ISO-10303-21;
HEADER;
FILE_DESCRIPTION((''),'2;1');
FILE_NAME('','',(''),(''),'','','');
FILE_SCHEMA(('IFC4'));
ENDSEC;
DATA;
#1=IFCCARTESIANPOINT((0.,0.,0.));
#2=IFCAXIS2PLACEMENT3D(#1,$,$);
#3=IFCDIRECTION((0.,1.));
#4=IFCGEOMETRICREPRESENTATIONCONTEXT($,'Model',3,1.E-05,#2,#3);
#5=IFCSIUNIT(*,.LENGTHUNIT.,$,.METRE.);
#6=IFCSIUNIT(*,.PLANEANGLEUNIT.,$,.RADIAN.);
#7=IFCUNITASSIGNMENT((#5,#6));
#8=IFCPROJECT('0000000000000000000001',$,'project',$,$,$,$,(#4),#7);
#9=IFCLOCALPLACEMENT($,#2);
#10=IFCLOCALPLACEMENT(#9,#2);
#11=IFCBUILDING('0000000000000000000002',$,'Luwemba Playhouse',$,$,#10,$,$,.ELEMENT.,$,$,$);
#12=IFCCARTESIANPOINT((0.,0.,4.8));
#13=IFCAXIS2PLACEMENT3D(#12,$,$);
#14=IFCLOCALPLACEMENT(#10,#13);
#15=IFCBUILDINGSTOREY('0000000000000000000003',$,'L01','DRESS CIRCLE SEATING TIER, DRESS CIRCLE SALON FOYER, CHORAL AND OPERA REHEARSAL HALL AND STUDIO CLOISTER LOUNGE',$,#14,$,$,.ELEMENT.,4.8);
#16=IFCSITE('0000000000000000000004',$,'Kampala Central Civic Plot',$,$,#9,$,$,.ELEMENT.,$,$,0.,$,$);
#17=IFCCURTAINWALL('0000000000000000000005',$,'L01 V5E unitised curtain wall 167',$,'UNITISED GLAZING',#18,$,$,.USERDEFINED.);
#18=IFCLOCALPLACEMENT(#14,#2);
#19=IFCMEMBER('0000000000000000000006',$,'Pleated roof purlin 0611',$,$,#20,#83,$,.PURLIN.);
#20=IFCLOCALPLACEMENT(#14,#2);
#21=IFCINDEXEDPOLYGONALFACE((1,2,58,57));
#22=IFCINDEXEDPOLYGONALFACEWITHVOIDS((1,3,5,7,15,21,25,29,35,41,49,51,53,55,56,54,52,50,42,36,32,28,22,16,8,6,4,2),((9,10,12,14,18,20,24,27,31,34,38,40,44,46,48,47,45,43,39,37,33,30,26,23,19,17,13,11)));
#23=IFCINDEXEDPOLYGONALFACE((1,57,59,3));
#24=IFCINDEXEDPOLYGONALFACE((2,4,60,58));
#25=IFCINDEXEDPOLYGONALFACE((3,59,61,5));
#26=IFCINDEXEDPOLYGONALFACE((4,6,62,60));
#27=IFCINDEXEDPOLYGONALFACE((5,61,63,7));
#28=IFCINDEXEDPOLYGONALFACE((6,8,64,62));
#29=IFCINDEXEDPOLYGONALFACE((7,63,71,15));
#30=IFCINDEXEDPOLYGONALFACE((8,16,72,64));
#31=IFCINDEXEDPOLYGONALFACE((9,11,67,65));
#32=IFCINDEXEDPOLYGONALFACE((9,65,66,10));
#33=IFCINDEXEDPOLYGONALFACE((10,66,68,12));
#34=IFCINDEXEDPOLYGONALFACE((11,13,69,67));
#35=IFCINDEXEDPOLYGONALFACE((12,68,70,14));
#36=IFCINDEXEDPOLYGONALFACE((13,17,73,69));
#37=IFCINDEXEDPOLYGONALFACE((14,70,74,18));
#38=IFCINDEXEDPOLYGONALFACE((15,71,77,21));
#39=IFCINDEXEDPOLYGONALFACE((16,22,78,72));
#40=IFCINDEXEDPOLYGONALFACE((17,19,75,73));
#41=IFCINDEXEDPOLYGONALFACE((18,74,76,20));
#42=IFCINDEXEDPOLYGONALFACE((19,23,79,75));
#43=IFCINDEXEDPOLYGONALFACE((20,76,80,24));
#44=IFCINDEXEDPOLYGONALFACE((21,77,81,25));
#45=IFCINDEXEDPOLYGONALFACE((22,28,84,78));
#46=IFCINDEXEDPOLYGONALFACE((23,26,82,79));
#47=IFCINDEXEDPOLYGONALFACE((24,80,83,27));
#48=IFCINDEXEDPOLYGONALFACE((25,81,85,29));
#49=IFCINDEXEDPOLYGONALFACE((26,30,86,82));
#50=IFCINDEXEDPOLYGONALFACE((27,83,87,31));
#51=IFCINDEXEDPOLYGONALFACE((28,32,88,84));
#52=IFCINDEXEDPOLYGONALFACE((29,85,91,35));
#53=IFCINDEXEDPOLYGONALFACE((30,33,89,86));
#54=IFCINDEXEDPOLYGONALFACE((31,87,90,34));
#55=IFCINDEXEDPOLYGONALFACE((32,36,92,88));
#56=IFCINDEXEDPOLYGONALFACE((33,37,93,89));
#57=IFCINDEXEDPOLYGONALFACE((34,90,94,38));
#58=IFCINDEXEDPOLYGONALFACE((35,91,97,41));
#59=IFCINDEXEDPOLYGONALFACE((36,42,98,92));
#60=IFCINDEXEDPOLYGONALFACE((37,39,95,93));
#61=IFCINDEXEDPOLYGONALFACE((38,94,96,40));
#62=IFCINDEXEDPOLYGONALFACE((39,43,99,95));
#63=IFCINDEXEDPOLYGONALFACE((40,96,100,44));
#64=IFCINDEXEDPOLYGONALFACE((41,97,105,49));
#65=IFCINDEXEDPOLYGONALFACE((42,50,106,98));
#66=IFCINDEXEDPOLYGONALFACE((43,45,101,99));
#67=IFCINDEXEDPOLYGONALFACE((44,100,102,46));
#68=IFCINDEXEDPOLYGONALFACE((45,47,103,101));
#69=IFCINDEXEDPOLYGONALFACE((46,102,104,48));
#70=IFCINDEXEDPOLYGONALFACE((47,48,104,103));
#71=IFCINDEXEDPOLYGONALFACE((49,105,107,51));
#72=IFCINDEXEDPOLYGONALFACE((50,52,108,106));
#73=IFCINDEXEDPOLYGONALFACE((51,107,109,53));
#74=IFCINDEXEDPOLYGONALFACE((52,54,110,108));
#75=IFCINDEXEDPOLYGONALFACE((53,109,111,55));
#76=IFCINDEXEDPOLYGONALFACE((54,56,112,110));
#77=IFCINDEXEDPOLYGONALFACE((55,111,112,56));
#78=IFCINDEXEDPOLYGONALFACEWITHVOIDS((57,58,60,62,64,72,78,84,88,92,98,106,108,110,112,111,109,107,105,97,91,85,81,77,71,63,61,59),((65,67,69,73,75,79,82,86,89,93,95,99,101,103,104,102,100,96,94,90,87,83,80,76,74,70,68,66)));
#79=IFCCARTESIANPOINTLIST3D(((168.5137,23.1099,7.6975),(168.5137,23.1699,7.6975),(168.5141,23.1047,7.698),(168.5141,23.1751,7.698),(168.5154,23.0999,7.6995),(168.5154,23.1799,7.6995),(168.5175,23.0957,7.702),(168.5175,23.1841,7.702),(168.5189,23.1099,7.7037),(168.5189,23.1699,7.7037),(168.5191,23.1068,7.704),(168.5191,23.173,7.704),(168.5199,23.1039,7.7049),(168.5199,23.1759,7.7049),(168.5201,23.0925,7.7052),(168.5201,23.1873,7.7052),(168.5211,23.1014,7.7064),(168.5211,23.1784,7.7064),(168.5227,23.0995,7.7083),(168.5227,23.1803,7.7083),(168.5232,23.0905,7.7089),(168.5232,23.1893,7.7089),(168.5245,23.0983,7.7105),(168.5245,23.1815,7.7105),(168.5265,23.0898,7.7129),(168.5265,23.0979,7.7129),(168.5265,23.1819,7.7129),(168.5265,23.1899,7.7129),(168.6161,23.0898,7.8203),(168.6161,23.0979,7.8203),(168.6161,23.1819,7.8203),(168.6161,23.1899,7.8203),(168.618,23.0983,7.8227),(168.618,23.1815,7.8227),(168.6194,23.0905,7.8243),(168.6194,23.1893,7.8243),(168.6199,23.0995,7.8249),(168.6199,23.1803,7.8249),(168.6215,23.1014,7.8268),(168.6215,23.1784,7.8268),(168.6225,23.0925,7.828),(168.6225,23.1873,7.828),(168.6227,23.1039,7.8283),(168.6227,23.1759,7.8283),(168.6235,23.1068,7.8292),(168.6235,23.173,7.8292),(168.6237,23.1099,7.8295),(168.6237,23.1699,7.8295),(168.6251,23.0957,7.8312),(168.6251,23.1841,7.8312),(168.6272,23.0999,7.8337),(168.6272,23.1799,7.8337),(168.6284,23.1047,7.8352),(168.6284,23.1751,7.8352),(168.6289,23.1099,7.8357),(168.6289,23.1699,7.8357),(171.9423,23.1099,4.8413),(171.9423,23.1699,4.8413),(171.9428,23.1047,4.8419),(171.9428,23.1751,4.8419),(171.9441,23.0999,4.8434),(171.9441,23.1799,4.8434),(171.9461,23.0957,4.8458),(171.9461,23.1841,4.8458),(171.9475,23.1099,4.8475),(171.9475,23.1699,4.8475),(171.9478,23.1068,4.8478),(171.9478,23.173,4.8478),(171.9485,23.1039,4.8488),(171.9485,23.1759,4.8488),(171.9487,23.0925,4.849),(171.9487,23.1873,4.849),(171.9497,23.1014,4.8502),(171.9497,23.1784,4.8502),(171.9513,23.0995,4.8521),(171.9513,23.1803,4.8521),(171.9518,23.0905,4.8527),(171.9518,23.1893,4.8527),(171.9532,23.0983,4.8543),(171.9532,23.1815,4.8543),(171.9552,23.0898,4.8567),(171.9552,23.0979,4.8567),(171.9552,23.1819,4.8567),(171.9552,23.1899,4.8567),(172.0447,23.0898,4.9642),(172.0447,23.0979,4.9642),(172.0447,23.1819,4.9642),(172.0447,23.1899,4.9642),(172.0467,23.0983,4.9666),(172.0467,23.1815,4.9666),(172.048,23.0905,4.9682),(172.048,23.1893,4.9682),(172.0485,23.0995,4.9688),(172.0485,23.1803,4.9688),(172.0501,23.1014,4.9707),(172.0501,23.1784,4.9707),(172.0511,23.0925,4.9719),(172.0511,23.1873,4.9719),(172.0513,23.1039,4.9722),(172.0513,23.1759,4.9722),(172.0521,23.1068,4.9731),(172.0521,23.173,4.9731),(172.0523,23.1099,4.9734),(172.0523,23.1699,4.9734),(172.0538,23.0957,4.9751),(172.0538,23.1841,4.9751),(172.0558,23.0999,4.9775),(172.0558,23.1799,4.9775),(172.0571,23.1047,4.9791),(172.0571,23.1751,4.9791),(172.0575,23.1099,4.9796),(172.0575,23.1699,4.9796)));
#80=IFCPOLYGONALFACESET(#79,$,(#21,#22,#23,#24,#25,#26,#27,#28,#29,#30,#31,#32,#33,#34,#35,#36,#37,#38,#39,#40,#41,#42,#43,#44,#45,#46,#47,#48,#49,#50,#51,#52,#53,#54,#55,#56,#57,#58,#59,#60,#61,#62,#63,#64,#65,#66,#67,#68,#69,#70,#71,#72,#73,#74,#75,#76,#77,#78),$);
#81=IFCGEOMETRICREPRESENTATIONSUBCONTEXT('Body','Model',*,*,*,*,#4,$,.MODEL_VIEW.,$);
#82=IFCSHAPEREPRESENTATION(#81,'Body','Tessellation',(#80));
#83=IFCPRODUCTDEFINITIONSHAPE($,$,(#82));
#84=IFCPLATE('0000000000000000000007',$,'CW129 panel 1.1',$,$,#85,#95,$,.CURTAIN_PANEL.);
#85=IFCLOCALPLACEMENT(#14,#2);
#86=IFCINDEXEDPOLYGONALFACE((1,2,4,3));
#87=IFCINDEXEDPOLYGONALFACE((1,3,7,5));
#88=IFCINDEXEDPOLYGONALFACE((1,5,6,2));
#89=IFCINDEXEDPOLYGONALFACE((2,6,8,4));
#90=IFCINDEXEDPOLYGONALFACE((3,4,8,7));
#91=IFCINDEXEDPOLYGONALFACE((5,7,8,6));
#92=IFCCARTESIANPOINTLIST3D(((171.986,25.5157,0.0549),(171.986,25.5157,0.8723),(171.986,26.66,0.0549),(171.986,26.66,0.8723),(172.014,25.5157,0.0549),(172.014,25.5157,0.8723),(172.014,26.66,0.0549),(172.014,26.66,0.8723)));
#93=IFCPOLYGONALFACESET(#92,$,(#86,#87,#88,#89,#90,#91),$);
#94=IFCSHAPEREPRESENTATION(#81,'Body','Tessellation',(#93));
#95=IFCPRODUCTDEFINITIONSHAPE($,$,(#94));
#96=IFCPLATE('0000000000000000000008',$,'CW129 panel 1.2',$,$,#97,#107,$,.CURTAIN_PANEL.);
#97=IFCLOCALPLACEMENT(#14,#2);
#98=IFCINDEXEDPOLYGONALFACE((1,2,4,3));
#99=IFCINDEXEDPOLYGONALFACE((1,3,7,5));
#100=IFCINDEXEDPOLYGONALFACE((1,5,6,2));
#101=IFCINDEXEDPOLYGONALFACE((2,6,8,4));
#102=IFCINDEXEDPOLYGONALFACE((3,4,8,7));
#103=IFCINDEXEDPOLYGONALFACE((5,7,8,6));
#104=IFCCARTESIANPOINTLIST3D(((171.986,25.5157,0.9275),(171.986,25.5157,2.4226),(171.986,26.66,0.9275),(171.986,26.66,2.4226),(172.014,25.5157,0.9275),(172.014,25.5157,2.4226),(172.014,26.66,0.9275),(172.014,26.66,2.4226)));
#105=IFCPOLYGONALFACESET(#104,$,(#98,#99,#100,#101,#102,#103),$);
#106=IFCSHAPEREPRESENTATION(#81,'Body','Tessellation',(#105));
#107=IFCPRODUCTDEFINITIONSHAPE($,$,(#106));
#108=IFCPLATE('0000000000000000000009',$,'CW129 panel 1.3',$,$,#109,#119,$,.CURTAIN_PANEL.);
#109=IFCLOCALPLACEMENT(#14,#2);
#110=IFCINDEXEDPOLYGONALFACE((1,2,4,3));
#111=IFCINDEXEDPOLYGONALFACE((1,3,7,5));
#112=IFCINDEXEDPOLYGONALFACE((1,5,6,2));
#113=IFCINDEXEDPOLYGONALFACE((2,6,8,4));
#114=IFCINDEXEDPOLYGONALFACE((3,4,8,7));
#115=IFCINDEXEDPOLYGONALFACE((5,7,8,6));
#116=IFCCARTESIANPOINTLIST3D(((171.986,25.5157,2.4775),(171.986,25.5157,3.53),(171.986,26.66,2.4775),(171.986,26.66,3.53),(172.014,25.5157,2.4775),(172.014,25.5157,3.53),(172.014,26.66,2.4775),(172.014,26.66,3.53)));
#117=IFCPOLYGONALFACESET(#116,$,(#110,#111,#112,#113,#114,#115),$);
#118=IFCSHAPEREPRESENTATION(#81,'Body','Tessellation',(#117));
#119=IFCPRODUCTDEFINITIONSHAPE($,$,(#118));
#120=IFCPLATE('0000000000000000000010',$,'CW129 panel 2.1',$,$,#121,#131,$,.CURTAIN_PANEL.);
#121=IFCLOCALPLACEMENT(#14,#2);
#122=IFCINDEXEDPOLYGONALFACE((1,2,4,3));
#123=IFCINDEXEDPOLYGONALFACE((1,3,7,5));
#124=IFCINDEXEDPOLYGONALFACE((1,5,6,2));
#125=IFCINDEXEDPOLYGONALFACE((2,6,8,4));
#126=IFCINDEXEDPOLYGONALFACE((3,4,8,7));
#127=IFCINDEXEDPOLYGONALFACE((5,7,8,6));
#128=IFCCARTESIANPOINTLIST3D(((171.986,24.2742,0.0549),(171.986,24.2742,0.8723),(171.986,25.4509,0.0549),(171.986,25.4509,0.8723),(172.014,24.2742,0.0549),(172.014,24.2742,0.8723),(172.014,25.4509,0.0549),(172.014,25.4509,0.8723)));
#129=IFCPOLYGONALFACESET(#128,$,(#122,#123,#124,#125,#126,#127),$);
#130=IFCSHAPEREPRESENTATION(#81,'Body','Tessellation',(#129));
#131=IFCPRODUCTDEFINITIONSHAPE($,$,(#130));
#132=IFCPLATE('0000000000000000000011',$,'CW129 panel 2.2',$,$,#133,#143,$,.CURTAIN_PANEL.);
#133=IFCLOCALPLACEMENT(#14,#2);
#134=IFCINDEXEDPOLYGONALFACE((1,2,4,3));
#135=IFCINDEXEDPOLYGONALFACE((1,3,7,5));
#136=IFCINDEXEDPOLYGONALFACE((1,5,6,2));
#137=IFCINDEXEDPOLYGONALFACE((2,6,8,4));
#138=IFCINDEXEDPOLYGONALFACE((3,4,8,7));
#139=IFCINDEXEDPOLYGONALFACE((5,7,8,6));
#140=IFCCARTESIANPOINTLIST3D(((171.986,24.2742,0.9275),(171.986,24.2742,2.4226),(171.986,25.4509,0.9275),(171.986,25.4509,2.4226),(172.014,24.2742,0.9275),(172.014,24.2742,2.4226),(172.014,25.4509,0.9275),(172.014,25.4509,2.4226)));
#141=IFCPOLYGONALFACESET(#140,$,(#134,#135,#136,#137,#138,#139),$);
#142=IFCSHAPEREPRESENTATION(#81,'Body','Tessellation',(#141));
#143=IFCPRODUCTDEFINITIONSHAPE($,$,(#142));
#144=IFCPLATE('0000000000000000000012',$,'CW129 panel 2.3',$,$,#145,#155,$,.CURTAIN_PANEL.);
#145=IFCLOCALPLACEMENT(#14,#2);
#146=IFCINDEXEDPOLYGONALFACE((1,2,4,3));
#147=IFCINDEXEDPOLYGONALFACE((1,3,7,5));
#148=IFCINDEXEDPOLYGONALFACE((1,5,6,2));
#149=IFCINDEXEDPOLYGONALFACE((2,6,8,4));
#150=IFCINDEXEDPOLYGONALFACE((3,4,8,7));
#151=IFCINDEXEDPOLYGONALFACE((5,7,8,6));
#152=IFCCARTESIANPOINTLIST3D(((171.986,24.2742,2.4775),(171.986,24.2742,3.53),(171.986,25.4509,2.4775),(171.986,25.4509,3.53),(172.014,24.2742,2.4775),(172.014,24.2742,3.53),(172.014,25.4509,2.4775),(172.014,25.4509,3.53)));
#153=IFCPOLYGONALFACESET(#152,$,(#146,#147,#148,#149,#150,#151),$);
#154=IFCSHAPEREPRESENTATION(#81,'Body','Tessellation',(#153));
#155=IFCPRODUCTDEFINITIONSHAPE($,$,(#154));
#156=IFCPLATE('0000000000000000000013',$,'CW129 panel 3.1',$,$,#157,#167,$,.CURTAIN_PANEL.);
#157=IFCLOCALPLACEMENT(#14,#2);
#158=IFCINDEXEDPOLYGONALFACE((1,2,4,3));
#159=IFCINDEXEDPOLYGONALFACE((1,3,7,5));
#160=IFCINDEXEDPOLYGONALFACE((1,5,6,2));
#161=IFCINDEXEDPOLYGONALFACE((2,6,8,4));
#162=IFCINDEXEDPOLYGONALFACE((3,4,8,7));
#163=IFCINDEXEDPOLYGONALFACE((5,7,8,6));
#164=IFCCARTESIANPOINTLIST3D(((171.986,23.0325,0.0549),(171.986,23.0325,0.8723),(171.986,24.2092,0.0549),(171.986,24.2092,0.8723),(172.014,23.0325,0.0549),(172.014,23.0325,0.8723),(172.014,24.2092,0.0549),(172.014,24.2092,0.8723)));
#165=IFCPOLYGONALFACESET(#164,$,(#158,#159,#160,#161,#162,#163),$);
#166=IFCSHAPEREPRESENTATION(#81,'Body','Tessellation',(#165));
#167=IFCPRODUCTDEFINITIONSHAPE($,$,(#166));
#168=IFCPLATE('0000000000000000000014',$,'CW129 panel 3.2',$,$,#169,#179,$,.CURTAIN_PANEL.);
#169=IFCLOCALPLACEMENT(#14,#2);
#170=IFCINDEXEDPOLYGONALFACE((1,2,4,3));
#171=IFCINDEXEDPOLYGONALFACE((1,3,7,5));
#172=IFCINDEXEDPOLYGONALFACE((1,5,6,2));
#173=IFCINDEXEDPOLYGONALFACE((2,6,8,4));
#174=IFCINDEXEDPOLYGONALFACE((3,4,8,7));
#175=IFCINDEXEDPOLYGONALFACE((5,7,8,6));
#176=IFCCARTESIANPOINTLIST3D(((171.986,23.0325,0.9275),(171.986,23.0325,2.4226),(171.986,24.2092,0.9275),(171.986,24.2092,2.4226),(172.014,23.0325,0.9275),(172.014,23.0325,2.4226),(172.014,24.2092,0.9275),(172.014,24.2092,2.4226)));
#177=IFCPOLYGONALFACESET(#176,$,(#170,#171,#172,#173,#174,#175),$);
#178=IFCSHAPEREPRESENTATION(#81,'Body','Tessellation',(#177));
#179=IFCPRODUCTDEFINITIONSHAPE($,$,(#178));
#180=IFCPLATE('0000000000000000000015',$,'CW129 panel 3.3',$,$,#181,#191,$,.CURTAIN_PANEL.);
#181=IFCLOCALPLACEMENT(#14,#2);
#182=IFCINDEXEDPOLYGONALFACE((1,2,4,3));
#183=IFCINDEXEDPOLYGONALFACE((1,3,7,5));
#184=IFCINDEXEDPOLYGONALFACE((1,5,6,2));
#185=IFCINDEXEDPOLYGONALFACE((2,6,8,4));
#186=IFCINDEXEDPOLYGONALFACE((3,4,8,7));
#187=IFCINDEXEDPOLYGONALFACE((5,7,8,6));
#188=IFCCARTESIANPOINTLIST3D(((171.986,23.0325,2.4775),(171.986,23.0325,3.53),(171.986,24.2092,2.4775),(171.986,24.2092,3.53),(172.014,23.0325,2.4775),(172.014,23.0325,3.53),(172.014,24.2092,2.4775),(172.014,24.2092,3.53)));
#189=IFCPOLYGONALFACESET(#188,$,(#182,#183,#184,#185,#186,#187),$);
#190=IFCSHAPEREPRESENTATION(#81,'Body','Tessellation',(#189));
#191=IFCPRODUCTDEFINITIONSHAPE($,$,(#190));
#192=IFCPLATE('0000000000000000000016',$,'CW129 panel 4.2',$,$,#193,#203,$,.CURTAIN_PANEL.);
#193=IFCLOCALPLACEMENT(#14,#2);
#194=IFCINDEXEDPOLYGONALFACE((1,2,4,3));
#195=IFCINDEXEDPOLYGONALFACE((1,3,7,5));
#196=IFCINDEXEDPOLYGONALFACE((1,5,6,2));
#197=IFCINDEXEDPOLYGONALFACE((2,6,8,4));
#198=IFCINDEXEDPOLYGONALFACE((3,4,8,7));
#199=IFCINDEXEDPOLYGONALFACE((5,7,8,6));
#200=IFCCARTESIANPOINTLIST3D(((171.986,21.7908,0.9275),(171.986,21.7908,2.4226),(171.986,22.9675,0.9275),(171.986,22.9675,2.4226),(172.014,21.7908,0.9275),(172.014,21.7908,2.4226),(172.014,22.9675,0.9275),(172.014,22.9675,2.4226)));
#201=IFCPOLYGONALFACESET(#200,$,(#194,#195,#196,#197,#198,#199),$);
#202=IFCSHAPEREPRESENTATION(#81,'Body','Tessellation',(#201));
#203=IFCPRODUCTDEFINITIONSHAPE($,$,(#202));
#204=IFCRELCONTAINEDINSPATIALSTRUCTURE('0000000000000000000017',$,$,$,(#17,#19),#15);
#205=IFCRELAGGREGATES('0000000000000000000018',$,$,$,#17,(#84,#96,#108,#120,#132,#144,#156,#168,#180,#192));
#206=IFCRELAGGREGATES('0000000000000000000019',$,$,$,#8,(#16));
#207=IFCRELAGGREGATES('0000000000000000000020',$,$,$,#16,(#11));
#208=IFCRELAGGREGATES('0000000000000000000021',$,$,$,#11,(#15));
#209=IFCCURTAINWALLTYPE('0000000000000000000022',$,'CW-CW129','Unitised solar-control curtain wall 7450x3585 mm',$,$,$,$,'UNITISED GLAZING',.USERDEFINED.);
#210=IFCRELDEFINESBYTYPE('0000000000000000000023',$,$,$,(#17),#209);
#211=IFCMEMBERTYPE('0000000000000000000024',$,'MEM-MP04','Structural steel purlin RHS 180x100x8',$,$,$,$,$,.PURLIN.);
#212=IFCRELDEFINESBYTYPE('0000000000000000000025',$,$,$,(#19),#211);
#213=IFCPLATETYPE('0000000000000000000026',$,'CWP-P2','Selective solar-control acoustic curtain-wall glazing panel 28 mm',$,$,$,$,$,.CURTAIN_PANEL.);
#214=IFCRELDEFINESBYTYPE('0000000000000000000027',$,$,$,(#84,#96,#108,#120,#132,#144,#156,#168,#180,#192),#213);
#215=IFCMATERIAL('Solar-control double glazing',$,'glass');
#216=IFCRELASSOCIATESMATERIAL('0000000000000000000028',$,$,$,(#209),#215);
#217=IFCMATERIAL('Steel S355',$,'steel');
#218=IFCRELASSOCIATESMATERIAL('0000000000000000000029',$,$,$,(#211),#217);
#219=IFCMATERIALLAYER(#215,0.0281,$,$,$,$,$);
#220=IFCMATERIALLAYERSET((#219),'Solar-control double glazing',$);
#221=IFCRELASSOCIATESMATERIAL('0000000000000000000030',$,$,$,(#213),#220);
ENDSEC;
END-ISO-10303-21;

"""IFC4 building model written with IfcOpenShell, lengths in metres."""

from ifc_helpers import new_model, si_unit, direction, frame, origin, origin_2d, place, context, subcontext, project, spatial, rectangle, hollow_rectangle, extrude, material, layer, layer_set, material_profile, profile_set, type_object, element, aggregate, save


model = new_model("IFC4")

# Units and contexts
model_context = context("Model", 3, precision=1e-05, world=origin(), true_north=direction((0.0, 1.0)))
body_context = subcontext(model_context, "Body", "Model", "MODEL_VIEW")
ifc_project = project(units=[si_unit("LENGTHUNIT", "METRE"), si_unit("PLANEANGLEUNIT", "RADIAN")], contexts=[model_context])

# Site, building, storey
site_placement = place(None, origin())
site = spatial("IfcSite", under=ifc_project, at=site_placement, Name="Kampala Central Civic Plot", CompositionType="ELEMENT", RefElevation=0.0)
building_placement = place(site_placement, origin())
building = spatial("IfcBuilding", under=site, at=building_placement, Name="Luwemba Playhouse", CompositionType="ELEMENT")
storey_placement = place(building_placement, frame((0.0, 0.0, 4.8)))
storey = spatial("IfcBuildingStorey", under=building, at=storey_placement, Name="L01", Description="DRESS CIRCLE SEATING TIER, DRESS CIRCLE SALON FOYER, CHORAL AND OPERA REHEARSAL HALL AND STUDIO CLOISTER LOUNGE", CompositionType="ELEMENT", Elevation=4.8)

# Curtain wall
ifc_material_1 = material(Name="Solar-control double glazing", Category="glass")
curtain_wall_type = type_object("IfcCurtainWallType", Name="CW-CW129", Description="Unitised solar-control curtain wall 7450x3585 mm", ElementType="UNITISED GLAZING", PredefinedType="USERDEFINED", material=ifc_material_1)
curtain_wall_placement = place(storey_placement, origin())
curtain_wall = element("IfcCurtainWall", 1, at=curtain_wall_placement, inside=storey, type_object=curtain_wall_type, Name="L01 V5E unitised curtain wall 167", ObjectType="UNITISED GLAZING", PredefinedType="USERDEFINED")

# Member
ifc_material_2 = material(Name="Steel S355", Category="steel")
ifc_material_profile_1 = material_profile(ifc_material_2, hollow_rectangle(XDim=0.1001, YDim=0.1799, WallThickness=0.0081, InnerFilletRadius=0.012, OuterFilletRadius=0.02, at=origin_2d()))
ifc_profile_set_1 = profile_set([ifc_material_profile_1], Name="Steel S355")
member_type_1 = type_object("IfcMemberType", Name="MEM-MP04", Description="Structural steel purlin RHS 180x100x8", PredefinedType="PURLIN", material=ifc_profile_set_1)
member_1_placement = place(storey_placement, frame((168.5713, 23.1399, 7.7666), z_axis=(0.768338, 0.0, -0.640044), x_axis=(0.0, 1.0, 0.0)))
element("IfcMember", 2, at=member_1_placement, inside=storey, type_object=member_type_1, Name="Pleated roof purlin 0611", PredefinedType="PURLIN", context=body_context, shape_type="SweptSolid", body=[
    extrude(hollow_rectangle(XDim=0.1001, YDim=0.1799, WallThickness=0.0081, InnerFilletRadius=0.012, OuterFilletRadius=0.02, at=origin_2d()), origin(), (0.0, 0.0, 1.0), 4.4624),
])

# Plates
ifc_layer = layer(ifc_material_1, 0.0281)
ifc_layer_set = layer_set([ifc_layer], Name="Solar-control double glazing")
plate_type = type_object("IfcPlateType", Name="CWP-P2", Description="Selective solar-control acoustic curtain-wall glazing panel 28 mm", PredefinedType="CURTAIN_PANEL", material=ifc_layer_set)
plate_1_placement = place(storey_placement, frame((172.0, 26.0879, 0.0549), z_axis=(0.0, 0.0, 1.0), x_axis=(0.0, -1.0, 0.0)))
plate_1 = element("IfcPlate", 3, at=plate_1_placement, type_object=plate_type, Name="CW129 panel 1.1", PredefinedType="CURTAIN_PANEL", context=body_context, shape_type="SweptSolid", body=[
    extrude(rectangle(XDim=1.1443, YDim=0.0281, at=origin_2d()), origin(), (0.0, 0.0, 1.0), 0.8174),
])
plate_2_placement = place(storey_placement, frame((172.0, 26.0879, 0.9275), z_axis=(0.0, 0.0, 1.0), x_axis=(0.0, -1.0, 0.0)))
plate_2 = element("IfcPlate", 4, at=plate_2_placement, type_object=plate_type, Name="CW129 panel 1.2", PredefinedType="CURTAIN_PANEL", context=body_context, shape_type="SweptSolid", body=[
    extrude(rectangle(XDim=1.1443, YDim=0.0281, at=origin_2d()), origin(), (0.0, 0.0, 1.0), 1.4951),
])
plate_3_placement = place(storey_placement, frame((172.0, 26.0879, 2.4775), z_axis=(0.0, 0.0, 1.0), x_axis=(0.0, -1.0, 0.0)))
plate_3 = element("IfcPlate", 5, at=plate_3_placement, type_object=plate_type, Name="CW129 panel 1.3", PredefinedType="CURTAIN_PANEL", context=body_context, shape_type="SweptSolid", body=[
    extrude(rectangle(XDim=1.1443, YDim=0.0281, at=origin_2d()), origin(), (0.0, 0.0, 1.0), 1.0525),
])
plate_4_placement = place(storey_placement, frame((172.0, 24.8625, 0.0549), z_axis=(0.0, 0.0, 1.0), x_axis=(0.0, -1.0, 0.0)))
plate_4 = element("IfcPlate", 6, at=plate_4_placement, type_object=plate_type, Name="CW129 panel 2.1", PredefinedType="CURTAIN_PANEL", context=body_context, shape_type="SweptSolid", body=[
    extrude(rectangle(XDim=1.1768, YDim=0.0281, at=origin_2d()), origin(), (0.0, 0.0, 1.0), 0.8174),
])
plate_5_placement = place(storey_placement, frame((172.0, 24.8625, 0.9275), z_axis=(0.0, 0.0, 1.0), x_axis=(0.0, -1.0, 0.0)))
plate_5 = element("IfcPlate", 7, at=plate_5_placement, type_object=plate_type, Name="CW129 panel 2.2", PredefinedType="CURTAIN_PANEL", context=body_context, shape_type="SweptSolid", body=[
    extrude(rectangle(XDim=1.1768, YDim=0.0281, at=origin_2d()), origin(), (0.0, 0.0, 1.0), 1.4951),
])
plate_6_placement = place(storey_placement, frame((172.0, 24.8625, 2.4775), z_axis=(0.0, 0.0, 1.0), x_axis=(0.0, -1.0, 0.0)))
plate_6 = element("IfcPlate", 8, at=plate_6_placement, type_object=plate_type, Name="CW129 panel 2.3", PredefinedType="CURTAIN_PANEL", context=body_context, shape_type="SweptSolid", body=[
    extrude(rectangle(XDim=1.1768, YDim=0.0281, at=origin_2d()), origin(), (0.0, 0.0, 1.0), 1.0525),
])
plate_7_placement = place(storey_placement, frame((172.0, 23.6208, 0.0549), z_axis=(0.0, 0.0, 1.0), x_axis=(0.0, -1.0, 0.0)))
plate_7 = element("IfcPlate", 9, at=plate_7_placement, type_object=plate_type, Name="CW129 panel 3.1", PredefinedType="CURTAIN_PANEL", context=body_context, shape_type="SweptSolid", body=[
    extrude(rectangle(XDim=1.1768, YDim=0.0281, at=origin_2d()), origin(), (0.0, 0.0, 1.0), 0.8174),
])
plate_8_placement = place(storey_placement, frame((172.0, 23.6208, 0.9275), z_axis=(0.0, 0.0, 1.0), x_axis=(0.0, -1.0, 0.0)))
plate_8 = element("IfcPlate", 10, at=plate_8_placement, type_object=plate_type, Name="CW129 panel 3.2", PredefinedType="CURTAIN_PANEL", context=body_context, shape_type="SweptSolid", body=[
    extrude(rectangle(XDim=1.1768, YDim=0.0281, at=origin_2d()), origin(), (0.0, 0.0, 1.0), 1.4951),
])
plate_9_placement = place(storey_placement, frame((172.0, 23.6208, 2.4775), z_axis=(0.0, 0.0, 1.0), x_axis=(0.0, -1.0, 0.0)))
plate_9 = element("IfcPlate", 11, at=plate_9_placement, type_object=plate_type, Name="CW129 panel 3.3", PredefinedType="CURTAIN_PANEL", context=body_context, shape_type="SweptSolid", body=[
    extrude(rectangle(XDim=1.1768, YDim=0.0281, at=origin_2d()), origin(), (0.0, 0.0, 1.0), 1.0525),
])
plate_10_placement = place(storey_placement, frame((172.0, 22.3792, 0.9275), z_axis=(0.0, 0.0, 1.0), x_axis=(0.0, -1.0, 0.0)))
plate_10 = element("IfcPlate", 12, at=plate_10_placement, type_object=plate_type, Name="CW129 panel 4.2", PredefinedType="CURTAIN_PANEL", context=body_context, shape_type="SweptSolid", body=[
    extrude(rectangle(XDim=1.1768, YDim=0.0281, at=origin_2d()), origin(), (0.0, 0.0, 1.0), 1.4951),
])
aggregate(curtain_wall, [plate_1, plate_2, plate_3, plate_4, plate_5, plate_6, plate_7, plate_8, plate_9, plate_10])

save(model, "model.ifc")
